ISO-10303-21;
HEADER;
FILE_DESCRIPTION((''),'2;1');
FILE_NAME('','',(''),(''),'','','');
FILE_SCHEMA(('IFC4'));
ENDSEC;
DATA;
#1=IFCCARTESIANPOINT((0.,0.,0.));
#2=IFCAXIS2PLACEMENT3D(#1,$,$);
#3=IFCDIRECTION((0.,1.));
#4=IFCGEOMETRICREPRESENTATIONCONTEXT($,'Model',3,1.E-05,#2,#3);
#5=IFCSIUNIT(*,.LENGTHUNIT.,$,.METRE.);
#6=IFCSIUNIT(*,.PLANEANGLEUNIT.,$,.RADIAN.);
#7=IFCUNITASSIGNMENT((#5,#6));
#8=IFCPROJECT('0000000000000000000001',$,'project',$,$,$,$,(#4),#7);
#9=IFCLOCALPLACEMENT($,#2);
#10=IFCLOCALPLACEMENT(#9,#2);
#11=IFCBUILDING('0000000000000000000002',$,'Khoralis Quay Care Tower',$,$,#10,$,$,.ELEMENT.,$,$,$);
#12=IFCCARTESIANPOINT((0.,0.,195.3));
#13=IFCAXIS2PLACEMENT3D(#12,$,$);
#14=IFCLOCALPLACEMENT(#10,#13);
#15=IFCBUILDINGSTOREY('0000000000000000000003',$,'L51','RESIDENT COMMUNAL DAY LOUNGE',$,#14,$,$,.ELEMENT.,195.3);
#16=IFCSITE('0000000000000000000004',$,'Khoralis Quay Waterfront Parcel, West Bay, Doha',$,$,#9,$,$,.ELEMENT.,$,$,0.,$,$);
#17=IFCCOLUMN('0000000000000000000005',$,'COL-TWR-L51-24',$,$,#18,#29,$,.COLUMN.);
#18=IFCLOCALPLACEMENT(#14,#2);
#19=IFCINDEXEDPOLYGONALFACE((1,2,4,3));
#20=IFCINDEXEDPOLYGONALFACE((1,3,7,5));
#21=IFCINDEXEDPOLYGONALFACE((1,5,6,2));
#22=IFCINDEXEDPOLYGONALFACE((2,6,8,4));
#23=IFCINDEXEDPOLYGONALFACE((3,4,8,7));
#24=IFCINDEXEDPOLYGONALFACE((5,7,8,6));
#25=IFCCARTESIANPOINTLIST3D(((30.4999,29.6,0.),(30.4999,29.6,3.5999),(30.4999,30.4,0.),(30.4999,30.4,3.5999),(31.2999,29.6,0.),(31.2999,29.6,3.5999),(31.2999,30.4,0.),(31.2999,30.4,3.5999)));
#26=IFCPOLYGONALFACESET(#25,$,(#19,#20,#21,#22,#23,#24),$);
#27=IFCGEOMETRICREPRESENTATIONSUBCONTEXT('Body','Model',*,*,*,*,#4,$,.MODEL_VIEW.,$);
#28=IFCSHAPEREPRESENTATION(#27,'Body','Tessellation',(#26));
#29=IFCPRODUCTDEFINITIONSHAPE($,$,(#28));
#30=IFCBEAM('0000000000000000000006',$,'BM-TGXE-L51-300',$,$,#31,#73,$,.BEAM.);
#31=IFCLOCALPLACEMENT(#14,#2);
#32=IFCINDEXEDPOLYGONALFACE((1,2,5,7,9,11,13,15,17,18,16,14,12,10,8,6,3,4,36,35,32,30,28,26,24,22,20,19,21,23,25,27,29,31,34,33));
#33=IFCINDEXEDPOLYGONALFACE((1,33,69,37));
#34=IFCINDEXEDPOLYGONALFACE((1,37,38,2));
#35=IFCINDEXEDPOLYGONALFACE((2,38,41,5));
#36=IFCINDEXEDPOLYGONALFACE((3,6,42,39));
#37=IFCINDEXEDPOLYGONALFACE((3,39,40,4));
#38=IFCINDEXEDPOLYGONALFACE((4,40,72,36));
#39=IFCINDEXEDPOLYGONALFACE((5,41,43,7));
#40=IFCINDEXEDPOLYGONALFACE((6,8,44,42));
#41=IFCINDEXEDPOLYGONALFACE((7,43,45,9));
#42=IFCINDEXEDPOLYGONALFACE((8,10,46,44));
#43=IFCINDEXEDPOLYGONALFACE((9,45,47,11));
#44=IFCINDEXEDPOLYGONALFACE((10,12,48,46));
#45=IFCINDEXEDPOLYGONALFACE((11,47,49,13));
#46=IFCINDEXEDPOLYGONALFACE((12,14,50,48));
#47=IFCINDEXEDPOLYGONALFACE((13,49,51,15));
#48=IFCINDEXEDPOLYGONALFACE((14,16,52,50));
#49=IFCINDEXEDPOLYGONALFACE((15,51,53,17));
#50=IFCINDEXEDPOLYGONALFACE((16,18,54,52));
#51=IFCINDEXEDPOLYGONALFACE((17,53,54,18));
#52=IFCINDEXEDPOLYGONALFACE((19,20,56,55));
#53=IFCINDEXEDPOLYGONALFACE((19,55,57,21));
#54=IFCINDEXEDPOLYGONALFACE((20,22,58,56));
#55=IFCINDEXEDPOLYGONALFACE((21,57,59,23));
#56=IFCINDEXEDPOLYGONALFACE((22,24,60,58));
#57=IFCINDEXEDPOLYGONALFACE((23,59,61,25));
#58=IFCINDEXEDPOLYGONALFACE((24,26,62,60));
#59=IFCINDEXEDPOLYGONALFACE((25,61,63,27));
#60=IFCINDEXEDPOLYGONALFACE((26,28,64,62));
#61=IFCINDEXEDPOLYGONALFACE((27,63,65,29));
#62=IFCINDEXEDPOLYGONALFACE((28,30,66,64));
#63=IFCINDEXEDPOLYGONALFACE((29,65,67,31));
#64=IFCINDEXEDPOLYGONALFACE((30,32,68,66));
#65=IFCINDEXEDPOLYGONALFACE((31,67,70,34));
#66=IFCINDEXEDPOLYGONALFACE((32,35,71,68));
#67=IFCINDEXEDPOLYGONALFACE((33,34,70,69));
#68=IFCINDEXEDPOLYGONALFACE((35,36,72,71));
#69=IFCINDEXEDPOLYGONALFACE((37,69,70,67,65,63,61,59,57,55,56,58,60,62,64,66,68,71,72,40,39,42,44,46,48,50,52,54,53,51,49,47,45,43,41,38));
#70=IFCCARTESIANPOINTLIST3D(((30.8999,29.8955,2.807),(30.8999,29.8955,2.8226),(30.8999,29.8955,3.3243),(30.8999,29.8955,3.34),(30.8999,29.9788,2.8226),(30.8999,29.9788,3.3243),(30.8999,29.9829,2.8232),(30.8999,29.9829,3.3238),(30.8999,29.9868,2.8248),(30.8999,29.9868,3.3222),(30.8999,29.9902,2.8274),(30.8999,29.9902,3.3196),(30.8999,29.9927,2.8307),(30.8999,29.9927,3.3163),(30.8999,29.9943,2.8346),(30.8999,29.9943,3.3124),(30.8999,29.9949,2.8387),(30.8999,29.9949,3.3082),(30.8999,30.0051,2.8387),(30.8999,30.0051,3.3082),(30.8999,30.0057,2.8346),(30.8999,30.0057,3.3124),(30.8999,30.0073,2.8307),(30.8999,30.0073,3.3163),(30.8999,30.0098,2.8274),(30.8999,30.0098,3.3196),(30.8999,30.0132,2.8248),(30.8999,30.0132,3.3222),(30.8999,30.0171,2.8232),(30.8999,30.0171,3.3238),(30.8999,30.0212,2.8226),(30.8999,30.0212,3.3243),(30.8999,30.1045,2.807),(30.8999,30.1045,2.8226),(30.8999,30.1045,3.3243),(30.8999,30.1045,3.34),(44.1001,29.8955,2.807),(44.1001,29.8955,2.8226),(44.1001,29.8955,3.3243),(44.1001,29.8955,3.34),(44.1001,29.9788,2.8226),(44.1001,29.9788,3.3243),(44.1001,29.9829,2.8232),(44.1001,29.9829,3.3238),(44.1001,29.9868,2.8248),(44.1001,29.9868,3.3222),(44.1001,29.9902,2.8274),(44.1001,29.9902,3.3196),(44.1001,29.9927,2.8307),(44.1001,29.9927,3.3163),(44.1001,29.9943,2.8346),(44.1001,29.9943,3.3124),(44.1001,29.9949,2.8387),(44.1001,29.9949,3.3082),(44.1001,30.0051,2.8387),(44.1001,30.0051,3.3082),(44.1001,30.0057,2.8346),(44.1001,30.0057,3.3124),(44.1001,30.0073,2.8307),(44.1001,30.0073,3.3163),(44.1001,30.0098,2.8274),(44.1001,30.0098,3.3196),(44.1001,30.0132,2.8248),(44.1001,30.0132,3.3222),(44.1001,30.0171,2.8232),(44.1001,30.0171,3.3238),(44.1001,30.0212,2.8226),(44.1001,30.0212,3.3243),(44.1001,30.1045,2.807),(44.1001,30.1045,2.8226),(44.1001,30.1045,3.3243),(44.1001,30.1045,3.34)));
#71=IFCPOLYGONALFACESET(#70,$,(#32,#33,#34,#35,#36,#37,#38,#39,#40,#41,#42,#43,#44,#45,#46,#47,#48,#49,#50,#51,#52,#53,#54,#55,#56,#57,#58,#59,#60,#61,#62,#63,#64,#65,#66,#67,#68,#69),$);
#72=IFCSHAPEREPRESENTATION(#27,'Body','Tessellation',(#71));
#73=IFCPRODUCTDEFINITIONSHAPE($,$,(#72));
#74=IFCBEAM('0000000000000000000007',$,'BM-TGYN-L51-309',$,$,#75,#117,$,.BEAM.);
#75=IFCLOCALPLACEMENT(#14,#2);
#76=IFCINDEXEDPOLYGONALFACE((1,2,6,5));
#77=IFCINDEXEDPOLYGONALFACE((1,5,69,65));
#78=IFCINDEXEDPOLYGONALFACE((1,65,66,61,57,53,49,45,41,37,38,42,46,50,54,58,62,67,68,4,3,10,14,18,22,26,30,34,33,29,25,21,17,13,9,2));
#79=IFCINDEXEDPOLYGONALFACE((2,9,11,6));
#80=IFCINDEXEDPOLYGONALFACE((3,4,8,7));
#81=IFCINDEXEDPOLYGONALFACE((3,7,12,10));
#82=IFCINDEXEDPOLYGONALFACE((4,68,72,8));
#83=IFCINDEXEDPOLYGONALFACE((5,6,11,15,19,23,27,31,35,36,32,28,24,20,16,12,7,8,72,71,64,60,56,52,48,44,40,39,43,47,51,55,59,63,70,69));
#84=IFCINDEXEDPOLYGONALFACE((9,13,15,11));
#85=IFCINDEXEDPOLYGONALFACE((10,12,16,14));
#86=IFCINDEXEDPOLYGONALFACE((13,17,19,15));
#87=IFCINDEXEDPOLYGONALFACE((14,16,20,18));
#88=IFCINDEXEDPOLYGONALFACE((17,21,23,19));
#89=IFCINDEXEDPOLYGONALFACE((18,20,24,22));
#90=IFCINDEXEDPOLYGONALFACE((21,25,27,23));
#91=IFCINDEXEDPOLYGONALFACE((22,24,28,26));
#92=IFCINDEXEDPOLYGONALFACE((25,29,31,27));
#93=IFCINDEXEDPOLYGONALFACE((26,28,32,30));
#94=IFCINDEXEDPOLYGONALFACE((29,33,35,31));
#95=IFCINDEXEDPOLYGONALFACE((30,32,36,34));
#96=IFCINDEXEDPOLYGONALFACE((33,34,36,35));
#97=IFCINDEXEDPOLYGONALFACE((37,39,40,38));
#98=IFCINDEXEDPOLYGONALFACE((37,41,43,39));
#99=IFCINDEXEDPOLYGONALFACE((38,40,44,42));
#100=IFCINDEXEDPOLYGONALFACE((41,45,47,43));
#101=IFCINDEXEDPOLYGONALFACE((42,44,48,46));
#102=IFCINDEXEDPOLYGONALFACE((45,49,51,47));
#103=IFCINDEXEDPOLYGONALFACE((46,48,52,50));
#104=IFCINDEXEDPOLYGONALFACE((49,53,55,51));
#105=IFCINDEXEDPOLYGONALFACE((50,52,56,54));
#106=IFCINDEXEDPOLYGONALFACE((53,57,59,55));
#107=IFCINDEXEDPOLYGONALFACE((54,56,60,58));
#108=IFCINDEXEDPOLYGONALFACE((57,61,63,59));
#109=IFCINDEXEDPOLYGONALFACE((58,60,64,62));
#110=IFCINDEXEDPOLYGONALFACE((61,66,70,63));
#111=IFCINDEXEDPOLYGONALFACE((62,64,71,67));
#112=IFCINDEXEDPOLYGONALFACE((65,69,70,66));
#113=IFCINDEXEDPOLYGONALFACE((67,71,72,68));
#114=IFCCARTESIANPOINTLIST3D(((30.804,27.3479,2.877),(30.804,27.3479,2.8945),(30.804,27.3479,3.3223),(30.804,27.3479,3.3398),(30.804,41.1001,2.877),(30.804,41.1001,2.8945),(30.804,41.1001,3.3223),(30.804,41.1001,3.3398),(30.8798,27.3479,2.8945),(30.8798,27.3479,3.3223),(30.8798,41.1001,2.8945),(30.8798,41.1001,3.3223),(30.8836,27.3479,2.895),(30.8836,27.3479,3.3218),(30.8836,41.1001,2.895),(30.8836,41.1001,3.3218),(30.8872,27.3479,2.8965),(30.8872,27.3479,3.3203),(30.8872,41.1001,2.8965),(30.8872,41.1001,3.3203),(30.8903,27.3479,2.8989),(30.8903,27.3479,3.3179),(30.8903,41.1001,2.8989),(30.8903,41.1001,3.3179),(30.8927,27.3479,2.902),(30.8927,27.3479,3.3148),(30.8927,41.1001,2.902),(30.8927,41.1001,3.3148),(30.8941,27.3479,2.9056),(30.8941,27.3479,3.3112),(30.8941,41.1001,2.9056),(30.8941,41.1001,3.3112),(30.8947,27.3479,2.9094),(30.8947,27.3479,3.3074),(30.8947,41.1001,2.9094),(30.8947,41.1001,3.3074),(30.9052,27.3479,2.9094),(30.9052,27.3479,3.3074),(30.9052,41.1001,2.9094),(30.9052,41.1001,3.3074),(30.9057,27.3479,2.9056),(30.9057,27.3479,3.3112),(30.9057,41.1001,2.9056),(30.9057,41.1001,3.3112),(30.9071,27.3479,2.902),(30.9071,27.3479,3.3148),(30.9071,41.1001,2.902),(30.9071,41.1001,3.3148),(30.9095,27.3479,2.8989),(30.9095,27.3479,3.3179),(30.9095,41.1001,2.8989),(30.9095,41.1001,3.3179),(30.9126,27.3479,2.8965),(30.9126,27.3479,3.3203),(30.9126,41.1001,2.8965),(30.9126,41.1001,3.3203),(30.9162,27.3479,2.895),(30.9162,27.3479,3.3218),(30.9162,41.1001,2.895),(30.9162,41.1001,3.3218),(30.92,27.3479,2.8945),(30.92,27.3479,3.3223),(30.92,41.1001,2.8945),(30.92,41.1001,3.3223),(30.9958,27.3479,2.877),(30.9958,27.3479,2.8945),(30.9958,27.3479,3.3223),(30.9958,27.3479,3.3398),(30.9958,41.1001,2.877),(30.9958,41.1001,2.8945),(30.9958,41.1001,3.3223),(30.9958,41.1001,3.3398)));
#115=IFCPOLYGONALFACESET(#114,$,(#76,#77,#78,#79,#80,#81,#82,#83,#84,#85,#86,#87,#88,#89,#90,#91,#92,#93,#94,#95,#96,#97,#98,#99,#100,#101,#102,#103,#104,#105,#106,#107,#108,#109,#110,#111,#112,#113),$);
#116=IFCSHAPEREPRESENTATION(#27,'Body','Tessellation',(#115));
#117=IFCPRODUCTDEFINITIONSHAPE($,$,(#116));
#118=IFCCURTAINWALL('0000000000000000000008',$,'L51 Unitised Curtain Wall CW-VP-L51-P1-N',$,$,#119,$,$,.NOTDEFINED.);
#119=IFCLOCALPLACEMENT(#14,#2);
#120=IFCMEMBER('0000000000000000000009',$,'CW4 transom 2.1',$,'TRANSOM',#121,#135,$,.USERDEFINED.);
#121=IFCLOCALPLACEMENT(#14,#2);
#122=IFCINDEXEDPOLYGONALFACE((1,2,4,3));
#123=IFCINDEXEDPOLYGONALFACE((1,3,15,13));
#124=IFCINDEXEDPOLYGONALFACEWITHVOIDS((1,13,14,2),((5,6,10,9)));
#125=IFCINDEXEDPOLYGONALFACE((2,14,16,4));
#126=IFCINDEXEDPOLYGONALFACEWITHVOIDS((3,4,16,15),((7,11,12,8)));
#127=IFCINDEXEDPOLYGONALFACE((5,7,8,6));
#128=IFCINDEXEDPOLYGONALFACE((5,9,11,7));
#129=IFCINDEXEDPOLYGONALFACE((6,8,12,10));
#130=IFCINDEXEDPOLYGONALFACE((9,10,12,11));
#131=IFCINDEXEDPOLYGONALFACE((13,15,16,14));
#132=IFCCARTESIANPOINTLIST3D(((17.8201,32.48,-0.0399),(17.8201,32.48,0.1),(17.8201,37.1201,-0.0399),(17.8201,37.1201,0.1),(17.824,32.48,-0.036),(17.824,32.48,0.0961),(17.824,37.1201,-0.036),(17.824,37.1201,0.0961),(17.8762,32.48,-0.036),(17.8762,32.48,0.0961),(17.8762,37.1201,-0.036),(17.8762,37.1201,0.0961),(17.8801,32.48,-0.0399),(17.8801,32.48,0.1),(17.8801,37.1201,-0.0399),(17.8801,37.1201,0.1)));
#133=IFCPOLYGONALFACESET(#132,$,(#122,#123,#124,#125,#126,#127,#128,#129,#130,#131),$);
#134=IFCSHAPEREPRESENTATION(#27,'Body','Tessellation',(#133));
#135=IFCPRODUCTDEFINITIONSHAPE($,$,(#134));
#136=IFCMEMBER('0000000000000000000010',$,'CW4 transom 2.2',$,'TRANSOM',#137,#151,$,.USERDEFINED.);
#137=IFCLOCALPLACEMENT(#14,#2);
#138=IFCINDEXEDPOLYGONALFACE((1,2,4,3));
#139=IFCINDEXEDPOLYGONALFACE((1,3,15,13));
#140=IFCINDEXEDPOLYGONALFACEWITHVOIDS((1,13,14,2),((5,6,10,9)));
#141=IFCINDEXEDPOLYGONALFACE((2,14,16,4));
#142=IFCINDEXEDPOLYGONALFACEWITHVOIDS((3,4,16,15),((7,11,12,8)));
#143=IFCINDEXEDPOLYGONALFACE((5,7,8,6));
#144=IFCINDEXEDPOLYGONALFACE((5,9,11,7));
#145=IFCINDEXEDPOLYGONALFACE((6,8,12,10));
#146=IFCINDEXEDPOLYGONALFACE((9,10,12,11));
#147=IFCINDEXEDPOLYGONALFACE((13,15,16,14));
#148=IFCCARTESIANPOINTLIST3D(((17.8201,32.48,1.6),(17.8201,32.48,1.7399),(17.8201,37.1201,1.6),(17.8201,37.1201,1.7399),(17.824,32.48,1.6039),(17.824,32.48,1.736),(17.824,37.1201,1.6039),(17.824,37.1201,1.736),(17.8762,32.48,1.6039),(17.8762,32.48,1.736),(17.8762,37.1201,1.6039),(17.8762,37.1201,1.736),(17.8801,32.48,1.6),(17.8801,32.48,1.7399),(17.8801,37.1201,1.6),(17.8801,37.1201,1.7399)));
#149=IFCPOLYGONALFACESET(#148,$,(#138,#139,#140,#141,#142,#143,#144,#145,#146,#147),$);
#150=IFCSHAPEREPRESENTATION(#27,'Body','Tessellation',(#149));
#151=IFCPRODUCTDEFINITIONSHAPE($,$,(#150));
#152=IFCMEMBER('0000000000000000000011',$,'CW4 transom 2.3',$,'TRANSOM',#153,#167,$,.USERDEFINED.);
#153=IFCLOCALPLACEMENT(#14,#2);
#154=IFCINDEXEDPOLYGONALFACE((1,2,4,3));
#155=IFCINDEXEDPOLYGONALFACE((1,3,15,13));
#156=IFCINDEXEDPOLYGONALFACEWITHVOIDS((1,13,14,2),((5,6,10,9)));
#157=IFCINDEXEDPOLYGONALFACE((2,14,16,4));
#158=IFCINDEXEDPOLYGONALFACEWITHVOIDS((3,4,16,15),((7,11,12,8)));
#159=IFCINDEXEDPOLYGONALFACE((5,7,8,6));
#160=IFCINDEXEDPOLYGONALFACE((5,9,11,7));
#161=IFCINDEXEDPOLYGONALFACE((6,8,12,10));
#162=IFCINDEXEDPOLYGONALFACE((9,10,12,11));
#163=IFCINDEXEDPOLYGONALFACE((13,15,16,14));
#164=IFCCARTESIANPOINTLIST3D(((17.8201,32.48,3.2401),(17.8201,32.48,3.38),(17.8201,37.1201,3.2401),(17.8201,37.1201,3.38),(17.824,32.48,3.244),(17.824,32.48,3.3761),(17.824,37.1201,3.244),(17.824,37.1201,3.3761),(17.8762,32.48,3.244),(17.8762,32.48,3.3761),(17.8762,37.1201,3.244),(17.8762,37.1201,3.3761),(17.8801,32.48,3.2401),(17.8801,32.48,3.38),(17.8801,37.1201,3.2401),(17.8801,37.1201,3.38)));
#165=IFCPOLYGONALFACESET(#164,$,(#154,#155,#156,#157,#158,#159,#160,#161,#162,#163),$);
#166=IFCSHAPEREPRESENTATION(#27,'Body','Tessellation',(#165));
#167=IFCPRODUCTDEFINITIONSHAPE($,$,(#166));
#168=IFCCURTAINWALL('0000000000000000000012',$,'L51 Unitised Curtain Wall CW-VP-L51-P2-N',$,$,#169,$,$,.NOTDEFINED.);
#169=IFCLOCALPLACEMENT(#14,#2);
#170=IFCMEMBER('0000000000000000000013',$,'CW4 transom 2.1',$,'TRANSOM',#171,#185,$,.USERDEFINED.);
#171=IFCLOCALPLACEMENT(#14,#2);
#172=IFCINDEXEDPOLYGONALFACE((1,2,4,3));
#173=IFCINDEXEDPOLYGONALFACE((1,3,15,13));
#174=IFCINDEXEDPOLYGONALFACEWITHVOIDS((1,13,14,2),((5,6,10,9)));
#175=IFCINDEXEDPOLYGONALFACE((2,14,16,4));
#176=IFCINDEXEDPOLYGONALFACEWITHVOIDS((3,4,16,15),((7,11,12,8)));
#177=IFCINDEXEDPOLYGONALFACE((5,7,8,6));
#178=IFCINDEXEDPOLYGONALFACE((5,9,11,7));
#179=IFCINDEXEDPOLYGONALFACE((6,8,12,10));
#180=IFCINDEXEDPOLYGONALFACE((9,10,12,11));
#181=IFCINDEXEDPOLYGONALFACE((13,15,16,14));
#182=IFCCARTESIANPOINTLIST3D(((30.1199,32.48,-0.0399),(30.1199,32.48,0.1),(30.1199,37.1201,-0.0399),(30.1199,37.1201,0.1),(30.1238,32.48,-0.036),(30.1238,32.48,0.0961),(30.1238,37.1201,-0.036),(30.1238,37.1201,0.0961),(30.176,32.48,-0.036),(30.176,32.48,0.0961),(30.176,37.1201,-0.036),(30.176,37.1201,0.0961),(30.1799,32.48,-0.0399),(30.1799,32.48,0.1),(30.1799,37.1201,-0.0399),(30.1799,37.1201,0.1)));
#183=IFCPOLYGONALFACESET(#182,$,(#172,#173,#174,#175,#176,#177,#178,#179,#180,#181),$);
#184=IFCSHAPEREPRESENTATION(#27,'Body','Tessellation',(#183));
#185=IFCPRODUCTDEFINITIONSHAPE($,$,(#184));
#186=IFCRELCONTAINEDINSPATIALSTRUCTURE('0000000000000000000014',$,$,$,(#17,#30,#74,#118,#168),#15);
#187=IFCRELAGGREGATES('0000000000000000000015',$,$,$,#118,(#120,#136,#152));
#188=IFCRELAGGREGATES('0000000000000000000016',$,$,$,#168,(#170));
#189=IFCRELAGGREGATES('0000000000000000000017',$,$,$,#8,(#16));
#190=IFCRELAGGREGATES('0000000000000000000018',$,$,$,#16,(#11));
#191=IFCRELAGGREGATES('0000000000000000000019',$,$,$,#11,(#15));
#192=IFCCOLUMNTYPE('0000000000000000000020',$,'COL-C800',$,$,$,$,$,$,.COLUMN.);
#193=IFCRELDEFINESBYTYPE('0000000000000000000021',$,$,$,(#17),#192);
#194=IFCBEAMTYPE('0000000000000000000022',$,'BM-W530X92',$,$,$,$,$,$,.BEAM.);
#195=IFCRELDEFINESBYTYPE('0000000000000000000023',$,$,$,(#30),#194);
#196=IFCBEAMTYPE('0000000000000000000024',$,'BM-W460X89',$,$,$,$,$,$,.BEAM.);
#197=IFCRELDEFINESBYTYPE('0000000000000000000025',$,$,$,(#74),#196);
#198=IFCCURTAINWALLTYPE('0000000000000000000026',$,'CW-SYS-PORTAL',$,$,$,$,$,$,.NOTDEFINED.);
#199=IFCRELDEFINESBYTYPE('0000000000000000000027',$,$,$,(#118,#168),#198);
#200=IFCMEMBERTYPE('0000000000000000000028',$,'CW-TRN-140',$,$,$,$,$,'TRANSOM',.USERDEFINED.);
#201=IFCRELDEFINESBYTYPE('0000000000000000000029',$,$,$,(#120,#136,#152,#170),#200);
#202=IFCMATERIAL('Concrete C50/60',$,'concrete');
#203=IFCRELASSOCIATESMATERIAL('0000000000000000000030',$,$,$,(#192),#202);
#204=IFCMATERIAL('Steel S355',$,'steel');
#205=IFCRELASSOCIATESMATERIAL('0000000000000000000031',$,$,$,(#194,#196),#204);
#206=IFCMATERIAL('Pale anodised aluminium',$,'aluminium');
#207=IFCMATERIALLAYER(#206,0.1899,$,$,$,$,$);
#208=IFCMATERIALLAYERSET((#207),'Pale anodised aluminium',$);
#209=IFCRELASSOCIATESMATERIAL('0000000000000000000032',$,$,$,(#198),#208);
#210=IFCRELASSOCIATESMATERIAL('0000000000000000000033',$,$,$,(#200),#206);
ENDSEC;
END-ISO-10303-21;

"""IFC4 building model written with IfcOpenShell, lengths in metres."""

from ifc_helpers import new_model, si_unit, direction, frame, origin, origin_2d, place, context, subcontext, project, spatial, rectangle, hollow_rectangle, i_section, extrude, source, transform, mapped, material, layer, layer_set, material_profile, profile_set, type_object, element, aggregate, save


model = new_model("IFC4")

# Units and contexts
model_context = context("Model", 3, precision=1e-05, world=origin(), true_north=direction((0.0, 1.0)))
body_context = subcontext(model_context, "Body", "Model", "MODEL_VIEW")
ifc_project = project(units=[si_unit("LENGTHUNIT", "METRE"), si_unit("PLANEANGLEUNIT", "RADIAN")], contexts=[model_context])

# Site, building, storey
site_placement = place(None, origin())
site = spatial("IfcSite", under=ifc_project, at=site_placement, Name="Khoralis Quay Waterfront Parcel, West Bay, Doha", CompositionType="ELEMENT", RefElevation=0.0)
building_placement = place(site_placement, origin())
building = spatial("IfcBuilding", under=site, at=building_placement, Name="Khoralis Quay Care Tower", CompositionType="ELEMENT")
storey_placement = place(building_placement, frame((0.0, 0.0, 195.3)))
storey = spatial("IfcBuildingStorey", under=building, at=storey_placement, Name="L51", Description="RESIDENT COMMUNAL DAY LOUNGE", CompositionType="ELEMENT", Elevation=195.3)

# Column
ifc_material_1 = material(Name="Concrete C50/60", Category="concrete")
ifc_material_profile_1 = material_profile(ifc_material_1, rectangle(XDim=0.8, YDim=0.8, at=origin_2d()), Name="Concrete C50/60")
ifc_profile_set_1 = profile_set([ifc_material_profile_1], Name="Concrete C50/60")
column_type = type_object("IfcColumnType", Name="COL-C800", PredefinedType="COLUMN", material=ifc_profile_set_1)
shared_shape_1 = source(origin(), body_context, "Body", "SweptSolid", [
    extrude(rectangle(XDim=0.8, YDim=0.8, at=origin_2d()), origin(), (0.0, 0.0, 1.0), 3.5999),
])
column_placement = place(storey_placement, frame((30.8999, 30.0, 0.0), z_axis=(0.0, 0.0, 1.0), x_axis=(1.0, 0.0, 0.0)))
element("IfcColumn", 1, at=column_placement, inside=storey, type_object=column_type, Name="COL-TWR-L51-24", PredefinedType="COLUMN", context=body_context, shape_type="MappedRepresentation", body=[
    mapped(shared_shape_1, transform((0.0, 0.0, 0.0), scale=1.0)),
])

# Beams
ifc_material_2 = material(Name="Steel S355", Category="steel")
ifc_material_profile_2 = material_profile(ifc_material_2, i_section(OverallWidth=0.209, OverallDepth=0.533, WebThickness=0.0103, FlangeThickness=0.0156, FilletRadius=0.0161, at=origin_2d()), Name="Steel S355")
ifc_profile_set_2 = profile_set([ifc_material_profile_2], Name="Steel S355")
beam_type_1 = type_object("IfcBeamType", Name="BM-W530X92", PredefinedType="BEAM", material=ifc_profile_set_2)
shared_shape_2 = source(origin(), body_context, "Body", "SweptSolid", [
    extrude(i_section(OverallWidth=0.209, OverallDepth=0.533, WebThickness=0.0103, FlangeThickness=0.0156, FilletRadius=0.0161, at=origin_2d()), origin(), (0.0, 0.0, 1.0), 13.2002),
])
beam_1_placement = place(storey_placement, frame((30.8999, 30.0, 3.0735), z_axis=(1.0, 0.0, 0.0), x_axis=(0.0, 1.0, 0.0)))
element("IfcBeam", 2, at=beam_1_placement, inside=storey, type_object=beam_type_1, Name="BM-TGXE-L51-300", PredefinedType="BEAM", context=body_context, shape_type="MappedRepresentation", body=[
    mapped(shared_shape_2, transform((0.0, 0.0, 0.0), scale=1.0)),
])
ifc_material_profile_3 = material_profile(ifc_material_2, i_section(OverallWidth=0.1919, OverallDepth=0.4629, WebThickness=0.0105, FlangeThickness=0.0176, FilletRadius=0.0149, at=origin_2d()), Name="Steel S355")
ifc_profile_set_3 = profile_set([ifc_material_profile_3], Name="Steel S355")
beam_type_2 = type_object("IfcBeamType", Name="BM-W460X89", PredefinedType="BEAM", material=ifc_profile_set_3)
shared_shape_3 = source(origin(), body_context, "Body", "SweptSolid", [
    extrude(i_section(OverallWidth=0.1919, OverallDepth=0.4629, WebThickness=0.0105, FlangeThickness=0.0176, FilletRadius=0.0149, at=origin_2d()), origin(), (0.0, 0.0, 1.0), 13.7522),
])
beam_2_placement = place(storey_placement, frame((30.8999, 27.3479, 3.1084), z_axis=(0.0, 1.0, 0.0), x_axis=(-1.0, 0.0, 0.0)))
element("IfcBeam", 3, at=beam_2_placement, inside=storey, type_object=beam_type_2, Name="BM-TGYN-L51-309", PredefinedType="BEAM", context=body_context, shape_type="MappedRepresentation", body=[
    mapped(shared_shape_3, transform((0.0, 0.0, 0.0), scale=1.0)),
])

# Curtain wall, members
ifc_material_3 = material(Name="Pale anodised aluminium", Category="aluminium")
ifc_layer_1 = layer(ifc_material_3, 0.1899)
ifc_layer_set_1 = layer_set([ifc_layer_1], Name="Pale anodised aluminium")
curtain_wall_type = type_object("IfcCurtainWallType", Name="CW-SYS-PORTAL", PredefinedType="NOTDEFINED", material=ifc_layer_set_1)
curtain_wall_1_placement = place(storey_placement, origin())
curtain_wall_1 = element("IfcCurtainWall", 4, at=curtain_wall_1_placement, inside=storey, type_object=curtain_wall_type, Name="L51 Unitised Curtain Wall CW-VP-L51-P1-N", PredefinedType="NOTDEFINED")
ifc_material_profile_4 = material_profile(ifc_material_3, hollow_rectangle(XDim=0.0601, YDim=0.1399, WallThickness=0.0039, at=origin_2d()), Name="Pale anodised aluminium")
ifc_profile_set_4 = profile_set([ifc_material_profile_4], Name="Pale anodised aluminium")
member_type_1 = type_object("IfcMemberType", Name="CW-TRN-140", ElementType="TRANSOM", PredefinedType="USERDEFINED", material=ifc_profile_set_4)
shared_shape_4 = source(origin(), body_context, "Body", "SweptSolid", [
    extrude(hollow_rectangle(XDim=0.0601, YDim=0.1399, WallThickness=0.0039, at=origin_2d()), origin(), (0.0, 0.0, 1.0), 4.6401),
])
member_1_placement = place(storey_placement, frame((17.8501, 32.48, 0.03), z_axis=(0.0, 1.0, 0.0), x_axis=(-1.0, 0.0, 0.0)))
member_1 = element("IfcMember", 5, at=member_1_placement, type_object=member_type_1, Name="CW4 transom 2.1", ObjectType="TRANSOM", PredefinedType="USERDEFINED", context=body_context, shape_type="MappedRepresentation", body=[
    mapped(shared_shape_4, transform((0.0, 0.0, 0.0), scale=1.0)),
])
member_2_placement = place(storey_placement, frame((17.8501, 32.48, 1.6699), z_axis=(0.0, 1.0, 0.0), x_axis=(-1.0, 0.0, 0.0)))
member_2 = element("IfcMember", 6, at=member_2_placement, type_object=member_type_1, Name="CW4 transom 2.2", ObjectType="TRANSOM", PredefinedType="USERDEFINED", context=body_context, shape_type="MappedRepresentation", body=[
    mapped(shared_shape_4, transform((0.0, 0.0, 0.0), scale=1.0)),
])
member_3_placement = place(storey_placement, frame((17.8501, 32.48, 3.3101), z_axis=(0.0, 1.0, 0.0), x_axis=(-1.0, 0.0, 0.0)))
member_3 = element("IfcMember", 7, at=member_3_placement, type_object=member_type_1, Name="CW4 transom 2.3", ObjectType="TRANSOM", PredefinedType="USERDEFINED", context=body_context, shape_type="MappedRepresentation", body=[
    mapped(shared_shape_4, transform((0.0, 0.0, 0.0), scale=1.0)),
])

# Curtain wall, member
curtain_wall_2_placement = place(storey_placement, origin())
curtain_wall_2 = element("IfcCurtainWall", 8, at=curtain_wall_2_placement, inside=storey, type_object=curtain_wall_type, Name="L51 Unitised Curtain Wall CW-VP-L51-P2-N", PredefinedType="NOTDEFINED")
member_4_placement = place(storey_placement, frame((30.1499, 32.48, 0.03), z_axis=(0.0, 1.0, 0.0), x_axis=(-1.0, 0.0, 0.0)))
member_4 = element("IfcMember", 9, at=member_4_placement, type_object=member_type_1, Name="CW4 transom 2.1", ObjectType="TRANSOM", PredefinedType="USERDEFINED", context=body_context, shape_type="MappedRepresentation", body=[
    mapped(shared_shape_4, transform((0.0, 0.0, 0.0), scale=1.0)),
])

aggregate(curtain_wall_1, [member_1, member_2, member_3])
aggregate(curtain_wall_2, [member_4])

save(model, "model.ifc")
